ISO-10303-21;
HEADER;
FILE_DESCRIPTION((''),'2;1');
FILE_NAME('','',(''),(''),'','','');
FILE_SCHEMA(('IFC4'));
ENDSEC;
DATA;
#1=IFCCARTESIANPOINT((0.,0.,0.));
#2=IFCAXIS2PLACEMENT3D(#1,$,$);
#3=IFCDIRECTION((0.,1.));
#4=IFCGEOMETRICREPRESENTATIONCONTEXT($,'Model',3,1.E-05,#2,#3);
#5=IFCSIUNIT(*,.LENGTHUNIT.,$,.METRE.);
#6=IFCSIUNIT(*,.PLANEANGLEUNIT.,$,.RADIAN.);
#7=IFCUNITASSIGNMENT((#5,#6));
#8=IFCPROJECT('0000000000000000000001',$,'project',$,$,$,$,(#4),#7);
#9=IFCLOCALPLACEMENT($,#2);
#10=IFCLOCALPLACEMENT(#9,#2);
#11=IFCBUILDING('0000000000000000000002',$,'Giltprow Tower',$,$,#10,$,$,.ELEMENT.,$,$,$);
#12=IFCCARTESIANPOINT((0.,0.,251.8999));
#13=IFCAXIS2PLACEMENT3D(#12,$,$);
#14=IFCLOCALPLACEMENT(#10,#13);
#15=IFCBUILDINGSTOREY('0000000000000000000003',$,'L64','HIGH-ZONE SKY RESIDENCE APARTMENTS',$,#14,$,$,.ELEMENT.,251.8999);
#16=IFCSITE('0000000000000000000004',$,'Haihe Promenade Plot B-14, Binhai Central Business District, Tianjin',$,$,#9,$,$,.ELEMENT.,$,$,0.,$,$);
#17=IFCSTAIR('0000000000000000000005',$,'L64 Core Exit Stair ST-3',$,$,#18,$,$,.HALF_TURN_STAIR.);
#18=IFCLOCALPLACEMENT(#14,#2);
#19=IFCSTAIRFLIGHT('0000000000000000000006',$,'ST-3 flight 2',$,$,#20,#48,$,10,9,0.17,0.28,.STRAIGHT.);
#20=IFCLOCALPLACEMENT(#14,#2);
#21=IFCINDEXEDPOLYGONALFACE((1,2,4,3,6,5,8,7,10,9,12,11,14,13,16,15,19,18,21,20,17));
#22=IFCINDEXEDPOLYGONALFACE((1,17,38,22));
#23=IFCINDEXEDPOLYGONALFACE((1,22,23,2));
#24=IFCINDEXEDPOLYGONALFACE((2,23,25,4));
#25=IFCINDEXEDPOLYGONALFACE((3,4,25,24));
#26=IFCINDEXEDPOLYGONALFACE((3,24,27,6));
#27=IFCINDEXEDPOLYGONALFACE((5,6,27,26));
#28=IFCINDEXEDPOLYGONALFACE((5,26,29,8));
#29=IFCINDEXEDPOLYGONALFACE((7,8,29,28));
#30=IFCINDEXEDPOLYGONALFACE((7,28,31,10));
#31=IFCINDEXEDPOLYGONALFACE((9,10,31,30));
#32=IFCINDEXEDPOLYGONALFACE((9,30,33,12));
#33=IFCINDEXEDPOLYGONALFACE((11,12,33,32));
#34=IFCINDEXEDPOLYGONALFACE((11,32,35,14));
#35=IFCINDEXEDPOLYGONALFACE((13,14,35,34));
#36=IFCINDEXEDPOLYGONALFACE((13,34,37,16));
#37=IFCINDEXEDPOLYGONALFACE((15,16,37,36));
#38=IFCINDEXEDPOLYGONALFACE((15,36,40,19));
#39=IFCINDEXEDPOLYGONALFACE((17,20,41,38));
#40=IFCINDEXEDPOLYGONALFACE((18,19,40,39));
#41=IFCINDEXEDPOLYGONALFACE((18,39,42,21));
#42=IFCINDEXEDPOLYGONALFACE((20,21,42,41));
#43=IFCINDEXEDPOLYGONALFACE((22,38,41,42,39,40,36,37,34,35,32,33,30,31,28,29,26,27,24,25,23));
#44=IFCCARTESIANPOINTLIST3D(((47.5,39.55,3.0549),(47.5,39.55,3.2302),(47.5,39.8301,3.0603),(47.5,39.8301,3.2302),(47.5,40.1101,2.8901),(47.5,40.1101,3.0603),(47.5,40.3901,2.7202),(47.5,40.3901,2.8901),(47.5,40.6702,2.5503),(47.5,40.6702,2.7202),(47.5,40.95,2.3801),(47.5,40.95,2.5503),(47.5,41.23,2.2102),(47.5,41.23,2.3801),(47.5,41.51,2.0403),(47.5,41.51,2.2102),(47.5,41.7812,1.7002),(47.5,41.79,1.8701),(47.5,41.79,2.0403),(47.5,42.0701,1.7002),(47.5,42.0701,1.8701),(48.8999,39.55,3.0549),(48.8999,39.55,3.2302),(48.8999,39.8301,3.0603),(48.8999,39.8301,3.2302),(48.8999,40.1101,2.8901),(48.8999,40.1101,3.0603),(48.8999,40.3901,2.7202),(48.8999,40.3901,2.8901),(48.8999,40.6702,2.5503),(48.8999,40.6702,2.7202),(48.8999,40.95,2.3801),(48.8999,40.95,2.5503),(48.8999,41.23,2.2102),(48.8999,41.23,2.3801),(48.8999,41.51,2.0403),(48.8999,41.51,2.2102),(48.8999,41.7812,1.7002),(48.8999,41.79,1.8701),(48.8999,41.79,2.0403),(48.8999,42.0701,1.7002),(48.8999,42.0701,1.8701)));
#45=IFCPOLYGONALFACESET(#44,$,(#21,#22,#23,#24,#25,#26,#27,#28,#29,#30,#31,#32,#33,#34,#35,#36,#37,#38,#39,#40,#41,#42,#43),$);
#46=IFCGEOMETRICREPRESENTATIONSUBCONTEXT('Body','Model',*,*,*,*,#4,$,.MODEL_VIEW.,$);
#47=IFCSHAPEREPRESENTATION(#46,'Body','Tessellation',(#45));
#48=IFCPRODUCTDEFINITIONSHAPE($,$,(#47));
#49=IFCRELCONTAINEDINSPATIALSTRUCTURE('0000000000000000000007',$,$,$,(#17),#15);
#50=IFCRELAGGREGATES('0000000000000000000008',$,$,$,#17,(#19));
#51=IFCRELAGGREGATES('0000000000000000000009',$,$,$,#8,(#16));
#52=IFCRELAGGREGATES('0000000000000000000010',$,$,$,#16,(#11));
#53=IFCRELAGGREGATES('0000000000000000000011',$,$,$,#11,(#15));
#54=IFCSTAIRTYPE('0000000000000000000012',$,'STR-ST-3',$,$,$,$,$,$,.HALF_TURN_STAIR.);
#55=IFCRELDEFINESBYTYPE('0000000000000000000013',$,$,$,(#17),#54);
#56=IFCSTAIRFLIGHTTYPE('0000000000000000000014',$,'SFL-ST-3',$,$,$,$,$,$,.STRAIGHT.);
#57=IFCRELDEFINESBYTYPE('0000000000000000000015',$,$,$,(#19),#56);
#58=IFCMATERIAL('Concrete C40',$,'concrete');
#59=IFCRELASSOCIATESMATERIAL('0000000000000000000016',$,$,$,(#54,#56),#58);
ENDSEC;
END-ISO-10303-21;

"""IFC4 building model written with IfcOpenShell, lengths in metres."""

from ifc_helpers import new_model, si_unit, direction, frame, origin, place, context, subcontext, project, spatial, polyline, outline, extrude, material, type_object, element, aggregate, save


model = new_model("IFC4")

# Units and contexts
model_context = context("Model", 3, precision=1e-05, world=origin(), true_north=direction((0.0, 1.0)))
body_context = subcontext(model_context, "Body", "Model", "MODEL_VIEW")
ifc_project = project(units=[si_unit("LENGTHUNIT", "METRE"), si_unit("PLANEANGLEUNIT", "RADIAN")], contexts=[model_context])

# Site, building, storey
site_placement = place(None, origin())
site = spatial("IfcSite", under=ifc_project, at=site_placement, Name="Haihe Promenade Plot B-14, Binhai Central Business District, Tianjin", CompositionType="ELEMENT", RefElevation=0.0)
building_placement = place(site_placement, origin())
building = spatial("IfcBuilding", under=site, at=building_placement, Name="Giltprow Tower", CompositionType="ELEMENT")
storey_placement = place(building_placement, frame((0.0, 0.0, 251.8999)))
storey = spatial("IfcBuildingStorey", under=building, at=storey_placement, Name="L64", Description="HIGH-ZONE SKY RESIDENCE APARTMENTS", CompositionType="ELEMENT", Elevation=251.8999)

# Stair, stair flight
ifc_material_1 = material(Name="Concrete C40", Category="concrete")
stair_type = type_object("IfcStairType", Name="STR-ST-3", PredefinedType="HALF_TURN_STAIR", material=ifc_material_1)
stair_placement = place(storey_placement, origin())
stair = element("IfcStair", 1, at=stair_placement, inside=storey, type_object=stair_type, Name="L64 Core Exit Stair ST-3", PredefinedType="HALF_TURN_STAIR")
stair_flight_type = type_object("IfcStairFlightType", Name="SFL-ST-3", PredefinedType="STRAIGHT", material=ifc_material_1)
stair_flight_placement = place(storey_placement, frame((48.2, 42.0701, 1.7002), z_axis=(0.0, 0.0, 1.0), x_axis=(0.0, -1.0, 0.0)))
stair_flight = element("IfcStairFlight", 2, at=stair_flight_placement, type_object=stair_flight_type, Name="ST-3 flight 2", NumberOfRisers=10, NumberOfTreads=9, PredefinedType="STRAIGHT", RiserHeight=0.17, TreadLength=0.28, context=body_context, shape_type="SweptSolid", body=[
    extrude(outline(polyline([(0.0, 0.0), (0.0, 0.1699), (0.28, 0.1699), (0.28, 0.3401), (0.5601, 0.3401), (0.5601, 0.51), (0.8401, 0.51), (0.8401, 0.6799), (1.1201, 0.6799), (1.1201, 0.8501), (1.3999, 0.8501), (1.3999, 1.02), (1.6799, 1.02), (1.6799, 1.1899), (1.96, 1.1899), (1.96, 1.3601), (2.24, 1.3601), (2.24, 1.53), (2.52, 1.53), (2.52, 1.7), (2.52, 1.3547), (0.2888, 0.0), (0.0, 0.0)])), frame((0.0, 0.7, 0.0), z_axis=(0.0, -1.0, 0.0), x_axis=(1.0, 0.0, 0.0)), (0.0, 0.0, 1.0), 1.3999),
])
aggregate(stair, [stair_flight])

save(model, "model.ifc")
